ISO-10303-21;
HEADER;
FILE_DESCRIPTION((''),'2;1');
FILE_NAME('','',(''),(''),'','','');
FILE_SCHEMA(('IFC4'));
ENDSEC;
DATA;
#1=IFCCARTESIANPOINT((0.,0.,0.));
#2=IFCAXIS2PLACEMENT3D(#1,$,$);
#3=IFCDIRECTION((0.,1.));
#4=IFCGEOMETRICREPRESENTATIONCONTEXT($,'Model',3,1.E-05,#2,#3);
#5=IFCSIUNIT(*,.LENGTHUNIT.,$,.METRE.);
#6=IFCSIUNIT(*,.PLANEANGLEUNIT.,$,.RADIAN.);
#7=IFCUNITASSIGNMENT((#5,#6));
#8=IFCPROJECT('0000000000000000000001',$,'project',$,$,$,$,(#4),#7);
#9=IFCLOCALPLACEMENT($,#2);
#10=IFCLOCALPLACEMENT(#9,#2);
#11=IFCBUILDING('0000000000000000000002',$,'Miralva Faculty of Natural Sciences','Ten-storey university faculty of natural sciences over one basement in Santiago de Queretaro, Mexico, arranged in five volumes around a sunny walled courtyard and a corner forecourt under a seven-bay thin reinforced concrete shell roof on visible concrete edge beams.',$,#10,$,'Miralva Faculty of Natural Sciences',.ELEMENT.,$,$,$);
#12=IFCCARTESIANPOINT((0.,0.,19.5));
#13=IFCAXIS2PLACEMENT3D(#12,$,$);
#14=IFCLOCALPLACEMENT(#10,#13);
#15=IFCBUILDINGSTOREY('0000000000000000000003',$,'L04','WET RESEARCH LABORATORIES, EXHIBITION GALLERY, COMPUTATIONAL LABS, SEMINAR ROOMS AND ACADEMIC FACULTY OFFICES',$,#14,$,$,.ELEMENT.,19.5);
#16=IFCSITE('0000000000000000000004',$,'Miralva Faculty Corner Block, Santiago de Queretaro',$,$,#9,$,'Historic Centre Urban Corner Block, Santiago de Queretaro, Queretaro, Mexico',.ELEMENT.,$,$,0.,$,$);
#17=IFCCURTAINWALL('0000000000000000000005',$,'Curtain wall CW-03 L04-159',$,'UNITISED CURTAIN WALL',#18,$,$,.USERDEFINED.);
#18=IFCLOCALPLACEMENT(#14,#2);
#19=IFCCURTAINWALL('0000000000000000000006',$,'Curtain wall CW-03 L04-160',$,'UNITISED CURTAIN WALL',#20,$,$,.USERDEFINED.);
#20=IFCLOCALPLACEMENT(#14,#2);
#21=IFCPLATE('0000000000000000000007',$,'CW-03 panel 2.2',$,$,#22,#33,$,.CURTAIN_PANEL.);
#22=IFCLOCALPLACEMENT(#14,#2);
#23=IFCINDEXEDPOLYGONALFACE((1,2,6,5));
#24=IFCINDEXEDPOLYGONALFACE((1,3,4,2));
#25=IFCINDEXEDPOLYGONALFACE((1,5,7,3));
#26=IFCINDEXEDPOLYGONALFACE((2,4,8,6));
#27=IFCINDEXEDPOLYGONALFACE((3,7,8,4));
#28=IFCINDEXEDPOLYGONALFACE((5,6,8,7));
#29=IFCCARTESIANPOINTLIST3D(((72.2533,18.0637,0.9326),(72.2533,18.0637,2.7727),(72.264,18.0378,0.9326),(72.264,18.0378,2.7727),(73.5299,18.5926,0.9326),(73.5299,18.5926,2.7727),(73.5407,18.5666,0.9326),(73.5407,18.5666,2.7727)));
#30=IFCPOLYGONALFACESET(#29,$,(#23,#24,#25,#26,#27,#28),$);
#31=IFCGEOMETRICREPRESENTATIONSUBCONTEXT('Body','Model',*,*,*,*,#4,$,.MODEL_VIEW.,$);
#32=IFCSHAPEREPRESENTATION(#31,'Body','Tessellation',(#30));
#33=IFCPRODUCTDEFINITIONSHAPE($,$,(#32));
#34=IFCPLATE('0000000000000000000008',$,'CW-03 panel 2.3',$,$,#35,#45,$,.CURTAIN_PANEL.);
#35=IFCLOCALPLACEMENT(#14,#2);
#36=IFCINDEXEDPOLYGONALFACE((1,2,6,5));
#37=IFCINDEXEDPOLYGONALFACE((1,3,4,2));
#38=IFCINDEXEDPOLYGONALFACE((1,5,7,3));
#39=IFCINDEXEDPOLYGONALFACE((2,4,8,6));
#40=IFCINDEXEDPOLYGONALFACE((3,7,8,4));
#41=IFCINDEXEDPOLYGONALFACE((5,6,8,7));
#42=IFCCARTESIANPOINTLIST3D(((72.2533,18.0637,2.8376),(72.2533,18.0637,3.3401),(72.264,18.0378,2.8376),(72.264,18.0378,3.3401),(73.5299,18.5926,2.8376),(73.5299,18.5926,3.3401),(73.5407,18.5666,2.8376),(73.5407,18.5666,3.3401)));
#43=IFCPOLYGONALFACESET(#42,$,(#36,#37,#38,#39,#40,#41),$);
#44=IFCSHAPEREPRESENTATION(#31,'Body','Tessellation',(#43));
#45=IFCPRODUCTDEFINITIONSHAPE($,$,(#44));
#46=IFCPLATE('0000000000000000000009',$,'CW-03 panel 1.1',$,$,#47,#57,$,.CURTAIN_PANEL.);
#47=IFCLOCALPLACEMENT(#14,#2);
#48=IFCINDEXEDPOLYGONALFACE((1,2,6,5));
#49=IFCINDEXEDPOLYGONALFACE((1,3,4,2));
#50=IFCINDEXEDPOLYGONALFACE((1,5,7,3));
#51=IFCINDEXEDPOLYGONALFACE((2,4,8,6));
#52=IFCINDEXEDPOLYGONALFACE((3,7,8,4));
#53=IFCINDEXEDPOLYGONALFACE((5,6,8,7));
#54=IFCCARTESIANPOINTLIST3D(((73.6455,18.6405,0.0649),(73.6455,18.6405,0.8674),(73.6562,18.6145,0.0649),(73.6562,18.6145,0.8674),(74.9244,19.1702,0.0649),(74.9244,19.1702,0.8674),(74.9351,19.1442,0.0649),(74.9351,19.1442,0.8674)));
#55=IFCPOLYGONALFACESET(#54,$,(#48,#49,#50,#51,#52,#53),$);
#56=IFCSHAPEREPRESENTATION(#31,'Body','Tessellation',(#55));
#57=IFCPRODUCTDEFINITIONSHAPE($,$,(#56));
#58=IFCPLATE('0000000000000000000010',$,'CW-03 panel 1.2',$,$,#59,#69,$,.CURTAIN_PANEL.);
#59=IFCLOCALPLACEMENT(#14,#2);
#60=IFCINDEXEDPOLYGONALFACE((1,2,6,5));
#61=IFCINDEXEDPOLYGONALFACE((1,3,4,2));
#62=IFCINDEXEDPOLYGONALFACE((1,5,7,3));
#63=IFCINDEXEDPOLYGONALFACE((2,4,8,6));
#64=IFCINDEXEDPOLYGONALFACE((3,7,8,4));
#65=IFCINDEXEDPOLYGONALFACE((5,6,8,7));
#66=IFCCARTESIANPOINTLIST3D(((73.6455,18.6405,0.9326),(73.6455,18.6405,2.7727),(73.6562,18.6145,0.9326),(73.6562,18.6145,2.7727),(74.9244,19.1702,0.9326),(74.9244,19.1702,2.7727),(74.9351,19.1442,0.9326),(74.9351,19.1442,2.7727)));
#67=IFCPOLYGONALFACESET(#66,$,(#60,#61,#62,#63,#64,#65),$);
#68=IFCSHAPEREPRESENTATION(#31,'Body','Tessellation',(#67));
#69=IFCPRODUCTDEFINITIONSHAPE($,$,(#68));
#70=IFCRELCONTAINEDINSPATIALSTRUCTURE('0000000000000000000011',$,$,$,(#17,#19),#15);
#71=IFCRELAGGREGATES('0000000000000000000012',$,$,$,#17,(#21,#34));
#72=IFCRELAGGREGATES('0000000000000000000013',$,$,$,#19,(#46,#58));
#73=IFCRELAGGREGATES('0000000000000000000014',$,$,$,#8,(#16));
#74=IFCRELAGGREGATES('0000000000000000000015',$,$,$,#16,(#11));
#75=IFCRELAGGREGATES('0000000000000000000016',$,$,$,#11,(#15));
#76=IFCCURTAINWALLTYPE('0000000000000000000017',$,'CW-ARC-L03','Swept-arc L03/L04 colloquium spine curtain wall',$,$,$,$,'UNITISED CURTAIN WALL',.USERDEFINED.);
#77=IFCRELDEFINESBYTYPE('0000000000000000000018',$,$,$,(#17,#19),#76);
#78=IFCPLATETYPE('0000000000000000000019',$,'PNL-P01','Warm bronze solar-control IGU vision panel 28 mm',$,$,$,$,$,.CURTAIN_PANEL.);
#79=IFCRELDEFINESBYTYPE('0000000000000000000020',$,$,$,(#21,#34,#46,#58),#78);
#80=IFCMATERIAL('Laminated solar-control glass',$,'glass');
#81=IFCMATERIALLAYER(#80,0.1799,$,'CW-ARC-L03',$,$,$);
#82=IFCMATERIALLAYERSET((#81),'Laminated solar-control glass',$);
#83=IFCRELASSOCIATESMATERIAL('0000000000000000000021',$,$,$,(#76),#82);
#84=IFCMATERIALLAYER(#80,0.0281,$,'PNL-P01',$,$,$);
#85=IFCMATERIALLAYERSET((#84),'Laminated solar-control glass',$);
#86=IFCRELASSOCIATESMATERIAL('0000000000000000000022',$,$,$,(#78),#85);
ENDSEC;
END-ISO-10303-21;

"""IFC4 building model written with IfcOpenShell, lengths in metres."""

from ifc_helpers import new_model, si_unit, direction, frame, origin, origin_2d, place, context, subcontext, project, spatial, rectangle, extrude, material, layer, layer_set, type_object, element, aggregate, save


model = new_model("IFC4")

# Units and contexts
model_context = context("Model", 3, precision=1e-05, world=origin(), true_north=direction((0.0, 1.0)))
body_context = subcontext(model_context, "Body", "Model", "MODEL_VIEW")
ifc_project = project(units=[si_unit("LENGTHUNIT", "METRE"), si_unit("PLANEANGLEUNIT", "RADIAN")], contexts=[model_context])

# Site, building, storey
site_placement = place(None, origin())
site = spatial("IfcSite", under=ifc_project, at=site_placement, Name="Miralva Faculty Corner Block, Santiago de Queretaro", LongName="Historic Centre Urban Corner Block, Santiago de Queretaro, Queretaro, Mexico", CompositionType="ELEMENT", RefElevation=0.0)
building_placement = place(site_placement, origin())
building = spatial("IfcBuilding", under=site, at=building_placement, Name="Miralva Faculty of Natural Sciences", Description="Ten-storey university faculty of natural sciences over one basement in Santiago de Queretaro, Mexico, arranged in five volumes around a sunny walled courtyard and a corner forecourt under a seven-bay thin reinforced concrete shell roof on visible concrete edge beams.", LongName="Miralva Faculty of Natural Sciences", CompositionType="ELEMENT")
storey_placement = place(building_placement, frame((0.0, 0.0, 19.5)))
storey = spatial("IfcBuildingStorey", under=building, at=storey_placement, Name="L04", Description="WET RESEARCH LABORATORIES, EXHIBITION GALLERY, COMPUTATIONAL LABS, SEMINAR ROOMS AND ACADEMIC FACULTY OFFICES", CompositionType="ELEMENT", Elevation=19.5)

# Curtain wall
ifc_material_1 = material(Name="Laminated solar-control glass", Category="glass")
ifc_layer_1 = layer(ifc_material_1, 0.1799, Name="CW-ARC-L03")
ifc_layer_set_1 = layer_set([ifc_layer_1], Name="Laminated solar-control glass")
curtain_wall_type = type_object("IfcCurtainWallType", Name="CW-ARC-L03", Description="Swept-arc L03/L04 colloquium spine curtain wall", ElementType="UNITISED CURTAIN WALL", PredefinedType="USERDEFINED", material=ifc_layer_set_1)
curtain_wall_1_placement = place(storey_placement, origin())
curtain_wall_1 = element("IfcCurtainWall", 1, at=curtain_wall_1_placement, inside=storey, type_object=curtain_wall_type, Name="Curtain wall CW-03 L04-159", ObjectType="UNITISED CURTAIN WALL", PredefinedType="USERDEFINED")

# Curtain wall
curtain_wall_2_placement = place(storey_placement, origin())
curtain_wall_2 = element("IfcCurtainWall", 2, at=curtain_wall_2_placement, inside=storey, type_object=curtain_wall_type, Name="Curtain wall CW-03 L04-160", ObjectType="UNITISED CURTAIN WALL", PredefinedType="USERDEFINED")

# Plates
ifc_layer_2 = layer(ifc_material_1, 0.0281, Name="PNL-P01")
ifc_layer_set_2 = layer_set([ifc_layer_2], Name="Laminated solar-control glass")
plate_type = type_object("IfcPlateType", Name="PNL-P01", Description="Warm bronze solar-control IGU vision panel 28 mm", PredefinedType="CURTAIN_PANEL", material=ifc_layer_set_2)
plate_1_placement = place(storey_placement, frame((72.897, 18.3152, 0.9326), z_axis=(0.0, 0.0, 1.0), x_axis=(0.923874, 0.382697, 0.0)))
plate_1 = element("IfcPlate", 3, at=plate_1_placement, type_object=plate_type, Name="CW-03 panel 2.2", PredefinedType="CURTAIN_PANEL", context=body_context, shape_type="SweptSolid", body=[
    extrude(rectangle(XDim=1.3818, YDim=0.0281, at=origin_2d()), origin(), (0.0, 0.0, 1.0), 1.8401),
])
plate_2_placement = place(storey_placement, frame((72.897, 18.3152, 2.8376), z_axis=(0.0, 0.0, 1.0), x_axis=(0.923874, 0.382697, 0.0)))
plate_2 = element("IfcPlate", 4, at=plate_2_placement, type_object=plate_type, Name="CW-03 panel 2.3", PredefinedType="CURTAIN_PANEL", context=body_context, shape_type="SweptSolid", body=[
    extrude(rectangle(XDim=1.3818, YDim=0.0281, at=origin_2d()), origin(), (0.0, 0.0, 1.0), 0.5024),
])
aggregate(curtain_wall_1, [plate_1, plate_2])
plate_3_placement = place(storey_placement, frame((74.2903, 18.8923, 0.0649), z_axis=(0.0, 0.0, 1.0), x_axis=(0.923891, 0.382655, 0.0)))
plate_3 = element("IfcPlate", 5, at=plate_3_placement, type_object=plate_type, Name="CW-03 panel 1.1", PredefinedType="CURTAIN_PANEL", context=body_context, shape_type="SweptSolid", body=[
    extrude(rectangle(XDim=1.3843, YDim=0.0281, at=origin_2d()), origin(), (0.0, 0.0, 1.0), 0.8025),
])
plate_4_placement = place(storey_placement, frame((74.2903, 18.8923, 0.9326), z_axis=(0.0, 0.0, 1.0), x_axis=(0.923891, 0.382655, 0.0)))
plate_4 = element("IfcPlate", 6, at=plate_4_placement, type_object=plate_type, Name="CW-03 panel 1.2", PredefinedType="CURTAIN_PANEL", context=body_context, shape_type="SweptSolid", body=[
    extrude(rectangle(XDim=1.3843, YDim=0.0281, at=origin_2d()), origin(), (0.0, 0.0, 1.0), 1.8401),
])
aggregate(curtain_wall_2, [plate_3, plate_4])

save(model, "model.ifc")
